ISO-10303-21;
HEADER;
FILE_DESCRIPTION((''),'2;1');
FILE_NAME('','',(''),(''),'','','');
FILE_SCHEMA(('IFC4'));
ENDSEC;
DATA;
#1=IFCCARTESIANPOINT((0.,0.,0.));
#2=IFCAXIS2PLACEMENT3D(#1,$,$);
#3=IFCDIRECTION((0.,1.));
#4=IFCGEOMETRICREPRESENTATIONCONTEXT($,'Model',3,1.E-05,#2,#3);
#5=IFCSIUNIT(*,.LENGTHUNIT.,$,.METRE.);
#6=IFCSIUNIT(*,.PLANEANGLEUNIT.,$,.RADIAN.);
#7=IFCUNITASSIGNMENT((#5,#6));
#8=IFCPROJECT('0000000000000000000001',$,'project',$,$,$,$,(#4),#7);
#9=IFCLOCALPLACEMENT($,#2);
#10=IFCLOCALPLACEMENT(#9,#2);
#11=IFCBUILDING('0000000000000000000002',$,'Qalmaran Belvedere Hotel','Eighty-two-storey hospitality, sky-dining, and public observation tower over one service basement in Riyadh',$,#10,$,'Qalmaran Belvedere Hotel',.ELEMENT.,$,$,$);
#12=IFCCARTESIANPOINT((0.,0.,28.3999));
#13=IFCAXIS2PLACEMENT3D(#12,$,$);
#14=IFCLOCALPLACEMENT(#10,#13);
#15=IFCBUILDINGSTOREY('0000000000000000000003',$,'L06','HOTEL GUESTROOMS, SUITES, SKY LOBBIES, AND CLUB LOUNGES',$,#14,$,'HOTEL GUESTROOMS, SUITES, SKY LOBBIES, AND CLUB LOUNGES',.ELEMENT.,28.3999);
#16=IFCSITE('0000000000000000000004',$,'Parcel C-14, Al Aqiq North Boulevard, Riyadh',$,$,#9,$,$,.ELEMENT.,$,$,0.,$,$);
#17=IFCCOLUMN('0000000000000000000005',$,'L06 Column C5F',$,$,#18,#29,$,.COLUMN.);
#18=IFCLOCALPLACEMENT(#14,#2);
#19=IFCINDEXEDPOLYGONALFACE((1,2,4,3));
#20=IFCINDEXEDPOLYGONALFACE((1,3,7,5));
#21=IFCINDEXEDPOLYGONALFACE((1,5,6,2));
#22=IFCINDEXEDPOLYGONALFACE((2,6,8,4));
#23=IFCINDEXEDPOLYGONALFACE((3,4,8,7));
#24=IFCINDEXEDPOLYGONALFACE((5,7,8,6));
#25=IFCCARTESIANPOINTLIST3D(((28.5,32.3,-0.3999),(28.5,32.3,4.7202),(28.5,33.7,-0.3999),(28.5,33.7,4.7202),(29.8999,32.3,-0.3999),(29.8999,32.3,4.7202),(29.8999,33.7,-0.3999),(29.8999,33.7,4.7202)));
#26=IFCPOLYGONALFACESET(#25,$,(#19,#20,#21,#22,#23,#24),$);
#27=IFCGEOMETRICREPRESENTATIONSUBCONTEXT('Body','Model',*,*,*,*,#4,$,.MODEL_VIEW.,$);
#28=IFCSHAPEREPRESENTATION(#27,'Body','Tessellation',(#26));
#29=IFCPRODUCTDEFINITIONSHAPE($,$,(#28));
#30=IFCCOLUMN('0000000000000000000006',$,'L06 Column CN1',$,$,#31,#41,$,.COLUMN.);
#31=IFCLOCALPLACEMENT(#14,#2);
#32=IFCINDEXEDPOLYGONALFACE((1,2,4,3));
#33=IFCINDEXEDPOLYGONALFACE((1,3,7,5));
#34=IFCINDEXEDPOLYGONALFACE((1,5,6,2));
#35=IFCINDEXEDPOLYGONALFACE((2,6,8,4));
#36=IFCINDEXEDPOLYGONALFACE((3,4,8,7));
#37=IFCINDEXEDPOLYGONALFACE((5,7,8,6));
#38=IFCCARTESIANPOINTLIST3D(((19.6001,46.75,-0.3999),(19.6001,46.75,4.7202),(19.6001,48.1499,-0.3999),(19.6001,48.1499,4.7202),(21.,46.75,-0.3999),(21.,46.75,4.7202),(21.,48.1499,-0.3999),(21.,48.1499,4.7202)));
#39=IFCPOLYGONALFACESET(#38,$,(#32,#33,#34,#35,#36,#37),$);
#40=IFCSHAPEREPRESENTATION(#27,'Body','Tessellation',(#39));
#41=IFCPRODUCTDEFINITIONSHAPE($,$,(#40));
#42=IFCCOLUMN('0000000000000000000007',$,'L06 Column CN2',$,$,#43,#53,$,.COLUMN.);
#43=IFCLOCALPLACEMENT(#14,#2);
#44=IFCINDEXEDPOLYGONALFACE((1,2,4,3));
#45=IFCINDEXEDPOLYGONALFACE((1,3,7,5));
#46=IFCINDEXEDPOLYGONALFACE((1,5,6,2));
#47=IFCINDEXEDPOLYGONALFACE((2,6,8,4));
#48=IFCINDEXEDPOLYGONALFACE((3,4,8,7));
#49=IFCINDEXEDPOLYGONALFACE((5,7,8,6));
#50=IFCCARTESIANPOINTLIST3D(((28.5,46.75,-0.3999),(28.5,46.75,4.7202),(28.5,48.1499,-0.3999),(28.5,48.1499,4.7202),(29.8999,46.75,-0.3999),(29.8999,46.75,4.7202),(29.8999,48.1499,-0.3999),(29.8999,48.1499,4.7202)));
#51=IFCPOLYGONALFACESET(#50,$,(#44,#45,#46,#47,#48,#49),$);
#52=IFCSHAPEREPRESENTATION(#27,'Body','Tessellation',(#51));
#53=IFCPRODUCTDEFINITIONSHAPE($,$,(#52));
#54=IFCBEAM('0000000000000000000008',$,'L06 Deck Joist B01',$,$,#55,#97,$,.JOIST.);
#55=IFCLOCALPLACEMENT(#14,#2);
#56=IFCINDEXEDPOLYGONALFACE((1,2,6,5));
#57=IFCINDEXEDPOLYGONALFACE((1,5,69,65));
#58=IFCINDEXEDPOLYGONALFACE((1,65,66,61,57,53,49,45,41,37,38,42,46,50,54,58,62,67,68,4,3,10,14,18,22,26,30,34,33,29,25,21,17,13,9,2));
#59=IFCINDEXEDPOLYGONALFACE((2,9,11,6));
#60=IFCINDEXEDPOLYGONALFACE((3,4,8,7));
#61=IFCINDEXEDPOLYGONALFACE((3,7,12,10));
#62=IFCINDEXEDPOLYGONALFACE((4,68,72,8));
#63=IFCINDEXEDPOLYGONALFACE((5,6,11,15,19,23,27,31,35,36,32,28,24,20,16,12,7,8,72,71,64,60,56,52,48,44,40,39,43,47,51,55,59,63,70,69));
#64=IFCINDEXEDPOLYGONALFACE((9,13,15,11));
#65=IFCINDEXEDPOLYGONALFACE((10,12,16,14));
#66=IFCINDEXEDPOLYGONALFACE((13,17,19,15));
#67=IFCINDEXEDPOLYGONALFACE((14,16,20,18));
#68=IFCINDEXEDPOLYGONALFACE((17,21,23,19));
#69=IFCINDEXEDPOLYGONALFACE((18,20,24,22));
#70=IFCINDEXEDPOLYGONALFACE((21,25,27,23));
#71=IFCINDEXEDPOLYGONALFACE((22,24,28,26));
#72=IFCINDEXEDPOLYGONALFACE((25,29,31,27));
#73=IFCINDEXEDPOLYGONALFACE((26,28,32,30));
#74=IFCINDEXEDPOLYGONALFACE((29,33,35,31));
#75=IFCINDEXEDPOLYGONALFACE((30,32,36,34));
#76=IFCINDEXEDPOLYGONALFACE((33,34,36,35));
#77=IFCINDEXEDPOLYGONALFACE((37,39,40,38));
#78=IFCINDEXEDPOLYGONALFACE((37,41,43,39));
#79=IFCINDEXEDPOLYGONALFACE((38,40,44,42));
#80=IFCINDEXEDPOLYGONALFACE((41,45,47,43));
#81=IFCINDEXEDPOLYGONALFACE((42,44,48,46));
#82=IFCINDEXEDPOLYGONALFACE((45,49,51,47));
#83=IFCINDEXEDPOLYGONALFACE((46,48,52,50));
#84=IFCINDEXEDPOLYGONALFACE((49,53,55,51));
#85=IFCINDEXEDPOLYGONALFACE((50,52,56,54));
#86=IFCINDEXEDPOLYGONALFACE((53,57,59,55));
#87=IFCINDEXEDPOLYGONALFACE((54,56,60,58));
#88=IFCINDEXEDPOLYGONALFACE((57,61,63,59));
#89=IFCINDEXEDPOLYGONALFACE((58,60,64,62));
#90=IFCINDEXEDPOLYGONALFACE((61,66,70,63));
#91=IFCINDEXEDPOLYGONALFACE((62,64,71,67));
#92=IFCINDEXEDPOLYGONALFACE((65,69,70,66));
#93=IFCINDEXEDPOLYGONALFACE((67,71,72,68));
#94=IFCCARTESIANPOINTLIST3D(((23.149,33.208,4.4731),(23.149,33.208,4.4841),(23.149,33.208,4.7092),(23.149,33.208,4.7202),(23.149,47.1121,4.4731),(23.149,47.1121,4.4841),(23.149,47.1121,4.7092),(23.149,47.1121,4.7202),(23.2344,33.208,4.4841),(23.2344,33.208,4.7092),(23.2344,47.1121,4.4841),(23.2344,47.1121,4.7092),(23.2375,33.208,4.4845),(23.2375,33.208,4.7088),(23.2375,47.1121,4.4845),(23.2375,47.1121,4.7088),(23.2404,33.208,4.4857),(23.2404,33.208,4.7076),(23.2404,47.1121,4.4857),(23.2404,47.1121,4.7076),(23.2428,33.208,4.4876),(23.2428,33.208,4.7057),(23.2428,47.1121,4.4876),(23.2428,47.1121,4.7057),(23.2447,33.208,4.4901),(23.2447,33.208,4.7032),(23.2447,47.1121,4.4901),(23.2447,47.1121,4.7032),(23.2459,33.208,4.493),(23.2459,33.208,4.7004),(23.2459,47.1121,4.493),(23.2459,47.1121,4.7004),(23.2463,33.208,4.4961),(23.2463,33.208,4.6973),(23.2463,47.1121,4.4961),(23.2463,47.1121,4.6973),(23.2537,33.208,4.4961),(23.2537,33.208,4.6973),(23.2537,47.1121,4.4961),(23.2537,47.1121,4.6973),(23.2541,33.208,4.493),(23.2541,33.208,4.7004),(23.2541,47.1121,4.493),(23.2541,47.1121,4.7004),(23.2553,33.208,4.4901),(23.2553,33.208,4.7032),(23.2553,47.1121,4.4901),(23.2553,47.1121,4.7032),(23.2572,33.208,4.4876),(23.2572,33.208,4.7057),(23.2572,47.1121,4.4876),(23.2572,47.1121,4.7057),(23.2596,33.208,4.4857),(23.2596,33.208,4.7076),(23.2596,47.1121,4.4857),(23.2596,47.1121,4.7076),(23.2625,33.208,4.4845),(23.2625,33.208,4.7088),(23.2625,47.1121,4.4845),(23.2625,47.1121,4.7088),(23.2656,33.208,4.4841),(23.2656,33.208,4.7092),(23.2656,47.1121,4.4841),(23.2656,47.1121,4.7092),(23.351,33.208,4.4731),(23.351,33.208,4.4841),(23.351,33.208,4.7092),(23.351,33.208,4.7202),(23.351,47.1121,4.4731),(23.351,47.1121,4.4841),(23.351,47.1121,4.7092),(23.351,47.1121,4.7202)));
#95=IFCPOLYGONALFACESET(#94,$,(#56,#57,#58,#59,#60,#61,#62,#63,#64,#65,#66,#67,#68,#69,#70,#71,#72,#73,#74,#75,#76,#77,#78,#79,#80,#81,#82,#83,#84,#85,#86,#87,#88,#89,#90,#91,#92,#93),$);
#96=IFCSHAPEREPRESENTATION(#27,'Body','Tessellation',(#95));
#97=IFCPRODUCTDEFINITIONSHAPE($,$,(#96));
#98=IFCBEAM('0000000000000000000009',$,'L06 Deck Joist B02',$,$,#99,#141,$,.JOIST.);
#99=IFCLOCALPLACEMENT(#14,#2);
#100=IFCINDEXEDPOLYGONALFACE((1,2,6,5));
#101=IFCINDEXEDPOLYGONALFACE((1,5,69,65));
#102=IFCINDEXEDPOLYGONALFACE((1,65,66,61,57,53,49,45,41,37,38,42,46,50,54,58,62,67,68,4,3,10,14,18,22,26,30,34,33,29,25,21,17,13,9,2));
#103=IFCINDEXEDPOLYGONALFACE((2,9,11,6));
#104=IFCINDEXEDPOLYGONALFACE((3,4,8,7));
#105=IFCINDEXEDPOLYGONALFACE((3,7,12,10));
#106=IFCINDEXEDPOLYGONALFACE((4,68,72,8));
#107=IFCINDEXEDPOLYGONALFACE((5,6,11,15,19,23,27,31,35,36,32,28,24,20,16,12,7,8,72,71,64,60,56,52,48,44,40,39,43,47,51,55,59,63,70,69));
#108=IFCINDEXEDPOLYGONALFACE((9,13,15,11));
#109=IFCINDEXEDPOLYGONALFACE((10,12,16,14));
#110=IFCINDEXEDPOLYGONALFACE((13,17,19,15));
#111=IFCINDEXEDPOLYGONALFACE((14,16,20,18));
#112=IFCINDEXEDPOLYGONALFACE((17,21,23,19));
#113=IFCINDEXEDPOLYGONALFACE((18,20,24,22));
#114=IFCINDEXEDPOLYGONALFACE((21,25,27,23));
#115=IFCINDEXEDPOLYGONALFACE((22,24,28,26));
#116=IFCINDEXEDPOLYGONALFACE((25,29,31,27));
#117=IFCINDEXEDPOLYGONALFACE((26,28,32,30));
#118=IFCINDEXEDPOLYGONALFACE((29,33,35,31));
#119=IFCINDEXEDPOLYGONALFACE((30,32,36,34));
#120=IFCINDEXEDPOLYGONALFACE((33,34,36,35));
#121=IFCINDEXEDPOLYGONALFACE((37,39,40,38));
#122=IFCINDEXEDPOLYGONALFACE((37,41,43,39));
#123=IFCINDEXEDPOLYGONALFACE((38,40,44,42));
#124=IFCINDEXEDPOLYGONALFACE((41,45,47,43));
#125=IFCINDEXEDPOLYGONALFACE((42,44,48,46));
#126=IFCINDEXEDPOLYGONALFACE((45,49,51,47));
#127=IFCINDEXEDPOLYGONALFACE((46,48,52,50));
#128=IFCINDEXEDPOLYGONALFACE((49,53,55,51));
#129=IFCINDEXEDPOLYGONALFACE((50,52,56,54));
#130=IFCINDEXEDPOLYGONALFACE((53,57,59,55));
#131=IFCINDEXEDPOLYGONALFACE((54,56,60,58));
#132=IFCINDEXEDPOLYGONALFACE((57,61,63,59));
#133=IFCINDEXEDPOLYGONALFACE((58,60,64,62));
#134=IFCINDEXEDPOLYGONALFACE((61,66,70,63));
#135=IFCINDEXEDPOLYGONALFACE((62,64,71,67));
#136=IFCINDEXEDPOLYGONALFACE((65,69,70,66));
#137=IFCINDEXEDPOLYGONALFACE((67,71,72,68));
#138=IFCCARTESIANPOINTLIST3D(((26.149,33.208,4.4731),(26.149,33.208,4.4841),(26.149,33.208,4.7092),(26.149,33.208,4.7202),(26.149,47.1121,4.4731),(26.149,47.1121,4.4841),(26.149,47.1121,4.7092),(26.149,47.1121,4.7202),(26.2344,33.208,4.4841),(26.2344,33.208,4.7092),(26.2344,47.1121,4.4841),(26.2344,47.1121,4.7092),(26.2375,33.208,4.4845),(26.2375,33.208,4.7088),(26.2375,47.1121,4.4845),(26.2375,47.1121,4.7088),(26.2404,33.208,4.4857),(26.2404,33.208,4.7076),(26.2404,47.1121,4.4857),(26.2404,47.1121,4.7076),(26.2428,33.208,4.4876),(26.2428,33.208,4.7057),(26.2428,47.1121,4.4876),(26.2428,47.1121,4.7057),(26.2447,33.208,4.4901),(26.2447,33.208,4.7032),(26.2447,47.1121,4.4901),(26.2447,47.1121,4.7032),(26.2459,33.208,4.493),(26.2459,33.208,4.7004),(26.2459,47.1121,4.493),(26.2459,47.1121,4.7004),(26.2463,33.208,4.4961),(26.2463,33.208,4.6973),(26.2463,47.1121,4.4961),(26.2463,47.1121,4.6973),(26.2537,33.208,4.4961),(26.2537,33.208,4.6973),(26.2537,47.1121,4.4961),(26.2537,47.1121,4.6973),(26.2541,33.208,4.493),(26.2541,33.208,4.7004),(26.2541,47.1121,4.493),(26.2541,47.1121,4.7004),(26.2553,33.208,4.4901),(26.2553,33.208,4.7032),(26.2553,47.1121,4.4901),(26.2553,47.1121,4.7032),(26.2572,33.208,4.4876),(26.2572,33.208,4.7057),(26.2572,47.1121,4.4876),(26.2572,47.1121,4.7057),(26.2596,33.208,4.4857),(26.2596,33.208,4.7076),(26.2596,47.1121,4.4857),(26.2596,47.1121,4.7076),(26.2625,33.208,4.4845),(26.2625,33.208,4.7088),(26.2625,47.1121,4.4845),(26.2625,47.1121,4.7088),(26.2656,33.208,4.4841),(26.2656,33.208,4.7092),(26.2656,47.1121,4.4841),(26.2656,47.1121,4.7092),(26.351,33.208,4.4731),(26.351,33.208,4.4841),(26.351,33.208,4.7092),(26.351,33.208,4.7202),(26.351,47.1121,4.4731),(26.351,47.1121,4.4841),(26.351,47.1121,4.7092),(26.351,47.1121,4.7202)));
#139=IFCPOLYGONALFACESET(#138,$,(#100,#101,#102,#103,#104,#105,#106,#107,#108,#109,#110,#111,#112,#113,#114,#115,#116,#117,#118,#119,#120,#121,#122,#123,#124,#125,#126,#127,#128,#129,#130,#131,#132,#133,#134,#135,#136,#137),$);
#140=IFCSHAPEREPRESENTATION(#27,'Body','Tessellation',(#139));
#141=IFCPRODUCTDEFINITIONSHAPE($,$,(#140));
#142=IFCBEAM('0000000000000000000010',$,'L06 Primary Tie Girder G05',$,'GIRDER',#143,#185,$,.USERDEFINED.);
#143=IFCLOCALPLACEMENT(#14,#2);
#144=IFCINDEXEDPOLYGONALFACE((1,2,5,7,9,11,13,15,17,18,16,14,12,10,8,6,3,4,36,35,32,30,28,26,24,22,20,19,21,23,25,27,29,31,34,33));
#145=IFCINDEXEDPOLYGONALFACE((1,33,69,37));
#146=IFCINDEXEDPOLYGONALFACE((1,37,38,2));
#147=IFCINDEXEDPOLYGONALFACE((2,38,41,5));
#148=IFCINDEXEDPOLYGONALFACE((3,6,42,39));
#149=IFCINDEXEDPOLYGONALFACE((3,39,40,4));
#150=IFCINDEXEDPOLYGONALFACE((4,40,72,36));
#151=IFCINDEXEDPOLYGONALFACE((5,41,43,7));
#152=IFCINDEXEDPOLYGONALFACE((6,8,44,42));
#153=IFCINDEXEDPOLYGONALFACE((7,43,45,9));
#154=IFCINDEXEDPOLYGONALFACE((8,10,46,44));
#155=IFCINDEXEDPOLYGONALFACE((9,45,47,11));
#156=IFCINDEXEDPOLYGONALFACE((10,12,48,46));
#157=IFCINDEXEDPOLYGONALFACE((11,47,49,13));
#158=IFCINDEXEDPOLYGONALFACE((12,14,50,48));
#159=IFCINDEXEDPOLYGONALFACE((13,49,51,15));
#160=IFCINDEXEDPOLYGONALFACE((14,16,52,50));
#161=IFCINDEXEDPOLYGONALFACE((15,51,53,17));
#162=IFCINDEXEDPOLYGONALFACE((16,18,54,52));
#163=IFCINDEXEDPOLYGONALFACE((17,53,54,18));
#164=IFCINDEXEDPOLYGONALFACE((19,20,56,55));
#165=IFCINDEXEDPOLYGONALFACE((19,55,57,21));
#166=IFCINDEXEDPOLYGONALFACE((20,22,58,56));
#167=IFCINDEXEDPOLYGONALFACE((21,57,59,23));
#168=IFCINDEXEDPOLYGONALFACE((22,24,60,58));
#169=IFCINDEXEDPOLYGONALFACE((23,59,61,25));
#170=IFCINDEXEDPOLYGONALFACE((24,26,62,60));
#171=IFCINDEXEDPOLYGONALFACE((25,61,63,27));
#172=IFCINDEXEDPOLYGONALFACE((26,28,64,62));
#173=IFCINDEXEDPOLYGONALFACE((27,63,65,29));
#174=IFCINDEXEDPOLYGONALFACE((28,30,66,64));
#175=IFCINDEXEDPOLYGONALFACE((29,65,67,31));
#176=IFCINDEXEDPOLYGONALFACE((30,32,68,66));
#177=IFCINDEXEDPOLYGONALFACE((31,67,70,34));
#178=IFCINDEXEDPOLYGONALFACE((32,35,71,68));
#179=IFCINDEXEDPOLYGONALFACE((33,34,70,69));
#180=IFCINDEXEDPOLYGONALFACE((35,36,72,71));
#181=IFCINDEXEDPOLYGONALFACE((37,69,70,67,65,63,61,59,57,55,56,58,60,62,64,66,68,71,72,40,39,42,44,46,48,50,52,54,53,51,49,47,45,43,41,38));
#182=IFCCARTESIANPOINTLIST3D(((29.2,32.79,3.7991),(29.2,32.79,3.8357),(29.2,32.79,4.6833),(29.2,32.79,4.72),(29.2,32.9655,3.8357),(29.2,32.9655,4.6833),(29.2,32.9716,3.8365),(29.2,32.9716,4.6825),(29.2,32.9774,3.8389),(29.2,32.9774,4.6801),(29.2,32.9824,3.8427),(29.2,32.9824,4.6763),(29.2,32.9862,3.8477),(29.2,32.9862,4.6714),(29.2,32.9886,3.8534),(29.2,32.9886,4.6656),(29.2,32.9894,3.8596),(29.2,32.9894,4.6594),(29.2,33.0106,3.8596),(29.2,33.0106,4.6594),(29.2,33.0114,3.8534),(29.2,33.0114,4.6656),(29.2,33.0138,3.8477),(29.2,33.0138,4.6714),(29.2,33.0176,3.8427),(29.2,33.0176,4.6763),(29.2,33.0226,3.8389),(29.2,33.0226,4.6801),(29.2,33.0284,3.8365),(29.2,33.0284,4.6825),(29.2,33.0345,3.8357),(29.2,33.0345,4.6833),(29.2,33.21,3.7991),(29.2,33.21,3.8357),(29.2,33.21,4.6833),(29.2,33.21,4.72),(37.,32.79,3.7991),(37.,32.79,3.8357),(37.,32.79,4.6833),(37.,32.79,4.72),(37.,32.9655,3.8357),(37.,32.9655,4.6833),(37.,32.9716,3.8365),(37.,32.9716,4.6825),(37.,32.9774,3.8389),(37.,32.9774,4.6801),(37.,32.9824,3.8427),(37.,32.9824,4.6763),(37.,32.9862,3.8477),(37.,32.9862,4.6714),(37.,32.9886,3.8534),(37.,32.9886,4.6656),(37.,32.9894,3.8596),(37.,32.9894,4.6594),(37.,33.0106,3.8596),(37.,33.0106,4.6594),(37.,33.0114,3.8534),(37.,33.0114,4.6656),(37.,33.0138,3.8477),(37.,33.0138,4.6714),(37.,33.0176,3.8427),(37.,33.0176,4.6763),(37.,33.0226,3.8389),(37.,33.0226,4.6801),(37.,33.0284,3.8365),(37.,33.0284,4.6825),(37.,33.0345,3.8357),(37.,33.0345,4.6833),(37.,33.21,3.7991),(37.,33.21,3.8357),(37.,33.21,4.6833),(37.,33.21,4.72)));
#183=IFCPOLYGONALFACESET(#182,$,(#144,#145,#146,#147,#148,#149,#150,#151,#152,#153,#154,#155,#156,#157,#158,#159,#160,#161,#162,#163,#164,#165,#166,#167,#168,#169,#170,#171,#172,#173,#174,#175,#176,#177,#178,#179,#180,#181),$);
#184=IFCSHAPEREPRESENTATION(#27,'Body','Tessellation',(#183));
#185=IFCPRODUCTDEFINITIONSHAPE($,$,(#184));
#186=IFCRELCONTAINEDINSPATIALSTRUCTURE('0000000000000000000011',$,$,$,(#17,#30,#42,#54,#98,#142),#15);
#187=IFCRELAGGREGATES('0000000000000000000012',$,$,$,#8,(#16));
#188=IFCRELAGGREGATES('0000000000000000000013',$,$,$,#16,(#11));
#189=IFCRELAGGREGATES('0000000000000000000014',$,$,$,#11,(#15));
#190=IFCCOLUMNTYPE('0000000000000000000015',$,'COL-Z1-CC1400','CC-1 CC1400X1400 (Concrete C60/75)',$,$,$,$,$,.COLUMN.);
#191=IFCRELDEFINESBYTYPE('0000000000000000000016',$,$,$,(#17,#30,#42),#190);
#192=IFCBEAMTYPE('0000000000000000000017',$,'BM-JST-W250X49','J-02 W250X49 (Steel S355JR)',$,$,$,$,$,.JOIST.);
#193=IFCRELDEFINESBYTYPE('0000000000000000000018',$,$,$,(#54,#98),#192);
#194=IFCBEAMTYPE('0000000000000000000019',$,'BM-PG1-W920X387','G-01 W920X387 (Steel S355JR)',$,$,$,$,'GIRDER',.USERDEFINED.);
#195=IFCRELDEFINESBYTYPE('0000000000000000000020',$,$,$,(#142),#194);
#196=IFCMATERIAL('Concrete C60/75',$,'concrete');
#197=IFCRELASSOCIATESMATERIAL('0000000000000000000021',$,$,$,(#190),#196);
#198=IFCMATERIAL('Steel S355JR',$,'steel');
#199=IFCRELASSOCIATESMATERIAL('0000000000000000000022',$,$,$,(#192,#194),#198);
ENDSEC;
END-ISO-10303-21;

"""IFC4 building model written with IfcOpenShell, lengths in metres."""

from ifc_helpers import new_model, si_unit, direction, frame, origin, origin_2d, place, context, subcontext, project, spatial, rectangle, i_section, extrude, material, material_profile, profile_set, type_object, element, save


model = new_model("IFC4")

# Units and contexts
model_context = context("Model", 3, precision=1e-05, world=origin(), true_north=direction((0.0, 1.0)))
body_context = subcontext(model_context, "Body", "Model", "MODEL_VIEW")
ifc_project = project(units=[si_unit("LENGTHUNIT", "METRE"), si_unit("PLANEANGLEUNIT", "RADIAN")], contexts=[model_context])

# Site, building, storey
site_placement = place(None, origin())
site = spatial("IfcSite", under=ifc_project, at=site_placement, Name="Parcel C-14, Al Aqiq North Boulevard, Riyadh", CompositionType="ELEMENT", RefElevation=0.0)
building_placement = place(site_placement, origin())
building = spatial("IfcBuilding", under=site, at=building_placement, Name="Qalmaran Belvedere Hotel", Description="Eighty-two-storey hospitality, sky-dining, and public observation tower over one service basement in Riyadh", LongName="Qalmaran Belvedere Hotel", CompositionType="ELEMENT")
storey_placement = place(building_placement, frame((0.0, 0.0, 28.3999)))
storey = spatial("IfcBuildingStorey", under=building, at=storey_placement, Name="L06", Description="HOTEL GUESTROOMS, SUITES, SKY LOBBIES, AND CLUB LOUNGES", LongName="HOTEL GUESTROOMS, SUITES, SKY LOBBIES, AND CLUB LOUNGES", CompositionType="ELEMENT", Elevation=28.3999)

# Columns
ifc_material_1 = material(Name="Concrete C60/75", Category="concrete")
ifc_material_profile_1 = material_profile(ifc_material_1, rectangle(XDim=1.3999, YDim=1.3999, at=origin_2d()), Name="CC1400X1400")
ifc_profile_set_1 = profile_set([ifc_material_profile_1], Name="Concrete C60/75")
column_type = type_object("IfcColumnType", Name="COL-Z1-CC1400", Description="CC-1 CC1400X1400 (Concrete C60/75)", PredefinedType="COLUMN", material=ifc_profile_set_1)
for number, where, z_axis, x_axis, name in (
    (1, (29.2, 33.0, -0.3999), (0.0, 0.0, 1.0), (1.0, 0.0, 0.0), "L06 Column C5F"),
    (2, (20.3, 47.45, -0.3999), (0.0, 0.0, 1.0), (1.0, 0.0, 0.0), "L06 Column CN1"),
    (3, (29.2, 47.45, -0.3999), (0.0, 0.0, 1.0), (1.0, 0.0, 0.0), "L06 Column CN2"),
):
    element("IfcColumn", number, at=place(storey_placement, frame(where, z_axis=z_axis, x_axis=x_axis)), inside=storey, type_object=column_type, Name=name, PredefinedType="COLUMN", context=body_context, shape_type="SweptSolid", body=[
        extrude(rectangle(XDim=1.3999, YDim=1.3999, at=origin_2d()), origin(), (0.0, 0.0, 1.0), 5.1201),
    ])

# Beams
ifc_material_2 = material(Name="Steel S355JR", Category="steel")
ifc_material_profile_2 = material_profile(ifc_material_2, i_section(OverallWidth=0.2019, OverallDepth=0.2471, WebThickness=0.0073, FlangeThickness=0.011, FilletRadius=0.012, at=origin_2d()), Name="W250X49")
ifc_profile_set_2 = profile_set([ifc_material_profile_2], Name="Steel S355JR")
beam_type_1 = type_object("IfcBeamType", Name="BM-JST-W250X49", Description="J-02 W250X49 (Steel S355JR)", PredefinedType="JOIST", material=ifc_profile_set_2)
for number, where, z_axis, x_axis, name in (
    (4, (23.25, 33.208, 4.5967), (0.0, 1.0, 0.0), (-1.0, 0.0, 0.0), "L06 Deck Joist B01"),
    (5, (26.25, 33.208, 4.5967), (0.0, 1.0, 0.0), (-1.0, 0.0, 0.0), "L06 Deck Joist B02"),
):
    element("IfcBeam", number, at=place(storey_placement, frame(where, z_axis=z_axis, x_axis=x_axis)), inside=storey, type_object=beam_type_1, Name=name, PredefinedType="JOIST", context=body_context, shape_type="SweptSolid", body=[
        extrude(i_section(OverallWidth=0.2019, OverallDepth=0.2471, WebThickness=0.0073, FlangeThickness=0.011, FilletRadius=0.012, at=origin_2d()), origin(), (0.0, 0.0, 1.0), 13.9041),
    ])
ifc_material_profile_3 = material_profile(ifc_material_2, i_section(OverallWidth=0.4199, OverallDepth=0.9209, WebThickness=0.0212, FlangeThickness=0.0366, FilletRadius=0.0239, at=origin_2d()), Name="W920X387")
ifc_profile_set_3 = profile_set([ifc_material_profile_3], Name="Steel S355JR")
beam_type_2 = type_object("IfcBeamType", Name="BM-PG1-W920X387", Description="G-01 W920X387 (Steel S355JR)", ElementType="GIRDER", PredefinedType="USERDEFINED", material=ifc_profile_set_3)
beam_1_placement = place(storey_placement, frame((29.2, 33.0, 4.2595), z_axis=(1.0, 0.0, 0.0), x_axis=(0.0, 1.0, 0.0)))
element("IfcBeam", 6, at=beam_1_placement, inside=storey, type_object=beam_type_2, Name="L06 Primary Tie Girder G05", ObjectType="GIRDER", PredefinedType="USERDEFINED", context=body_context, shape_type="SweptSolid", body=[
    extrude(i_section(OverallWidth=0.4199, OverallDepth=0.9209, WebThickness=0.0212, FlangeThickness=0.0366, FilletRadius=0.0239, at=origin_2d()), origin(), (0.0, 0.0, 1.0), 7.8),
])

save(model, "model.ifc")
